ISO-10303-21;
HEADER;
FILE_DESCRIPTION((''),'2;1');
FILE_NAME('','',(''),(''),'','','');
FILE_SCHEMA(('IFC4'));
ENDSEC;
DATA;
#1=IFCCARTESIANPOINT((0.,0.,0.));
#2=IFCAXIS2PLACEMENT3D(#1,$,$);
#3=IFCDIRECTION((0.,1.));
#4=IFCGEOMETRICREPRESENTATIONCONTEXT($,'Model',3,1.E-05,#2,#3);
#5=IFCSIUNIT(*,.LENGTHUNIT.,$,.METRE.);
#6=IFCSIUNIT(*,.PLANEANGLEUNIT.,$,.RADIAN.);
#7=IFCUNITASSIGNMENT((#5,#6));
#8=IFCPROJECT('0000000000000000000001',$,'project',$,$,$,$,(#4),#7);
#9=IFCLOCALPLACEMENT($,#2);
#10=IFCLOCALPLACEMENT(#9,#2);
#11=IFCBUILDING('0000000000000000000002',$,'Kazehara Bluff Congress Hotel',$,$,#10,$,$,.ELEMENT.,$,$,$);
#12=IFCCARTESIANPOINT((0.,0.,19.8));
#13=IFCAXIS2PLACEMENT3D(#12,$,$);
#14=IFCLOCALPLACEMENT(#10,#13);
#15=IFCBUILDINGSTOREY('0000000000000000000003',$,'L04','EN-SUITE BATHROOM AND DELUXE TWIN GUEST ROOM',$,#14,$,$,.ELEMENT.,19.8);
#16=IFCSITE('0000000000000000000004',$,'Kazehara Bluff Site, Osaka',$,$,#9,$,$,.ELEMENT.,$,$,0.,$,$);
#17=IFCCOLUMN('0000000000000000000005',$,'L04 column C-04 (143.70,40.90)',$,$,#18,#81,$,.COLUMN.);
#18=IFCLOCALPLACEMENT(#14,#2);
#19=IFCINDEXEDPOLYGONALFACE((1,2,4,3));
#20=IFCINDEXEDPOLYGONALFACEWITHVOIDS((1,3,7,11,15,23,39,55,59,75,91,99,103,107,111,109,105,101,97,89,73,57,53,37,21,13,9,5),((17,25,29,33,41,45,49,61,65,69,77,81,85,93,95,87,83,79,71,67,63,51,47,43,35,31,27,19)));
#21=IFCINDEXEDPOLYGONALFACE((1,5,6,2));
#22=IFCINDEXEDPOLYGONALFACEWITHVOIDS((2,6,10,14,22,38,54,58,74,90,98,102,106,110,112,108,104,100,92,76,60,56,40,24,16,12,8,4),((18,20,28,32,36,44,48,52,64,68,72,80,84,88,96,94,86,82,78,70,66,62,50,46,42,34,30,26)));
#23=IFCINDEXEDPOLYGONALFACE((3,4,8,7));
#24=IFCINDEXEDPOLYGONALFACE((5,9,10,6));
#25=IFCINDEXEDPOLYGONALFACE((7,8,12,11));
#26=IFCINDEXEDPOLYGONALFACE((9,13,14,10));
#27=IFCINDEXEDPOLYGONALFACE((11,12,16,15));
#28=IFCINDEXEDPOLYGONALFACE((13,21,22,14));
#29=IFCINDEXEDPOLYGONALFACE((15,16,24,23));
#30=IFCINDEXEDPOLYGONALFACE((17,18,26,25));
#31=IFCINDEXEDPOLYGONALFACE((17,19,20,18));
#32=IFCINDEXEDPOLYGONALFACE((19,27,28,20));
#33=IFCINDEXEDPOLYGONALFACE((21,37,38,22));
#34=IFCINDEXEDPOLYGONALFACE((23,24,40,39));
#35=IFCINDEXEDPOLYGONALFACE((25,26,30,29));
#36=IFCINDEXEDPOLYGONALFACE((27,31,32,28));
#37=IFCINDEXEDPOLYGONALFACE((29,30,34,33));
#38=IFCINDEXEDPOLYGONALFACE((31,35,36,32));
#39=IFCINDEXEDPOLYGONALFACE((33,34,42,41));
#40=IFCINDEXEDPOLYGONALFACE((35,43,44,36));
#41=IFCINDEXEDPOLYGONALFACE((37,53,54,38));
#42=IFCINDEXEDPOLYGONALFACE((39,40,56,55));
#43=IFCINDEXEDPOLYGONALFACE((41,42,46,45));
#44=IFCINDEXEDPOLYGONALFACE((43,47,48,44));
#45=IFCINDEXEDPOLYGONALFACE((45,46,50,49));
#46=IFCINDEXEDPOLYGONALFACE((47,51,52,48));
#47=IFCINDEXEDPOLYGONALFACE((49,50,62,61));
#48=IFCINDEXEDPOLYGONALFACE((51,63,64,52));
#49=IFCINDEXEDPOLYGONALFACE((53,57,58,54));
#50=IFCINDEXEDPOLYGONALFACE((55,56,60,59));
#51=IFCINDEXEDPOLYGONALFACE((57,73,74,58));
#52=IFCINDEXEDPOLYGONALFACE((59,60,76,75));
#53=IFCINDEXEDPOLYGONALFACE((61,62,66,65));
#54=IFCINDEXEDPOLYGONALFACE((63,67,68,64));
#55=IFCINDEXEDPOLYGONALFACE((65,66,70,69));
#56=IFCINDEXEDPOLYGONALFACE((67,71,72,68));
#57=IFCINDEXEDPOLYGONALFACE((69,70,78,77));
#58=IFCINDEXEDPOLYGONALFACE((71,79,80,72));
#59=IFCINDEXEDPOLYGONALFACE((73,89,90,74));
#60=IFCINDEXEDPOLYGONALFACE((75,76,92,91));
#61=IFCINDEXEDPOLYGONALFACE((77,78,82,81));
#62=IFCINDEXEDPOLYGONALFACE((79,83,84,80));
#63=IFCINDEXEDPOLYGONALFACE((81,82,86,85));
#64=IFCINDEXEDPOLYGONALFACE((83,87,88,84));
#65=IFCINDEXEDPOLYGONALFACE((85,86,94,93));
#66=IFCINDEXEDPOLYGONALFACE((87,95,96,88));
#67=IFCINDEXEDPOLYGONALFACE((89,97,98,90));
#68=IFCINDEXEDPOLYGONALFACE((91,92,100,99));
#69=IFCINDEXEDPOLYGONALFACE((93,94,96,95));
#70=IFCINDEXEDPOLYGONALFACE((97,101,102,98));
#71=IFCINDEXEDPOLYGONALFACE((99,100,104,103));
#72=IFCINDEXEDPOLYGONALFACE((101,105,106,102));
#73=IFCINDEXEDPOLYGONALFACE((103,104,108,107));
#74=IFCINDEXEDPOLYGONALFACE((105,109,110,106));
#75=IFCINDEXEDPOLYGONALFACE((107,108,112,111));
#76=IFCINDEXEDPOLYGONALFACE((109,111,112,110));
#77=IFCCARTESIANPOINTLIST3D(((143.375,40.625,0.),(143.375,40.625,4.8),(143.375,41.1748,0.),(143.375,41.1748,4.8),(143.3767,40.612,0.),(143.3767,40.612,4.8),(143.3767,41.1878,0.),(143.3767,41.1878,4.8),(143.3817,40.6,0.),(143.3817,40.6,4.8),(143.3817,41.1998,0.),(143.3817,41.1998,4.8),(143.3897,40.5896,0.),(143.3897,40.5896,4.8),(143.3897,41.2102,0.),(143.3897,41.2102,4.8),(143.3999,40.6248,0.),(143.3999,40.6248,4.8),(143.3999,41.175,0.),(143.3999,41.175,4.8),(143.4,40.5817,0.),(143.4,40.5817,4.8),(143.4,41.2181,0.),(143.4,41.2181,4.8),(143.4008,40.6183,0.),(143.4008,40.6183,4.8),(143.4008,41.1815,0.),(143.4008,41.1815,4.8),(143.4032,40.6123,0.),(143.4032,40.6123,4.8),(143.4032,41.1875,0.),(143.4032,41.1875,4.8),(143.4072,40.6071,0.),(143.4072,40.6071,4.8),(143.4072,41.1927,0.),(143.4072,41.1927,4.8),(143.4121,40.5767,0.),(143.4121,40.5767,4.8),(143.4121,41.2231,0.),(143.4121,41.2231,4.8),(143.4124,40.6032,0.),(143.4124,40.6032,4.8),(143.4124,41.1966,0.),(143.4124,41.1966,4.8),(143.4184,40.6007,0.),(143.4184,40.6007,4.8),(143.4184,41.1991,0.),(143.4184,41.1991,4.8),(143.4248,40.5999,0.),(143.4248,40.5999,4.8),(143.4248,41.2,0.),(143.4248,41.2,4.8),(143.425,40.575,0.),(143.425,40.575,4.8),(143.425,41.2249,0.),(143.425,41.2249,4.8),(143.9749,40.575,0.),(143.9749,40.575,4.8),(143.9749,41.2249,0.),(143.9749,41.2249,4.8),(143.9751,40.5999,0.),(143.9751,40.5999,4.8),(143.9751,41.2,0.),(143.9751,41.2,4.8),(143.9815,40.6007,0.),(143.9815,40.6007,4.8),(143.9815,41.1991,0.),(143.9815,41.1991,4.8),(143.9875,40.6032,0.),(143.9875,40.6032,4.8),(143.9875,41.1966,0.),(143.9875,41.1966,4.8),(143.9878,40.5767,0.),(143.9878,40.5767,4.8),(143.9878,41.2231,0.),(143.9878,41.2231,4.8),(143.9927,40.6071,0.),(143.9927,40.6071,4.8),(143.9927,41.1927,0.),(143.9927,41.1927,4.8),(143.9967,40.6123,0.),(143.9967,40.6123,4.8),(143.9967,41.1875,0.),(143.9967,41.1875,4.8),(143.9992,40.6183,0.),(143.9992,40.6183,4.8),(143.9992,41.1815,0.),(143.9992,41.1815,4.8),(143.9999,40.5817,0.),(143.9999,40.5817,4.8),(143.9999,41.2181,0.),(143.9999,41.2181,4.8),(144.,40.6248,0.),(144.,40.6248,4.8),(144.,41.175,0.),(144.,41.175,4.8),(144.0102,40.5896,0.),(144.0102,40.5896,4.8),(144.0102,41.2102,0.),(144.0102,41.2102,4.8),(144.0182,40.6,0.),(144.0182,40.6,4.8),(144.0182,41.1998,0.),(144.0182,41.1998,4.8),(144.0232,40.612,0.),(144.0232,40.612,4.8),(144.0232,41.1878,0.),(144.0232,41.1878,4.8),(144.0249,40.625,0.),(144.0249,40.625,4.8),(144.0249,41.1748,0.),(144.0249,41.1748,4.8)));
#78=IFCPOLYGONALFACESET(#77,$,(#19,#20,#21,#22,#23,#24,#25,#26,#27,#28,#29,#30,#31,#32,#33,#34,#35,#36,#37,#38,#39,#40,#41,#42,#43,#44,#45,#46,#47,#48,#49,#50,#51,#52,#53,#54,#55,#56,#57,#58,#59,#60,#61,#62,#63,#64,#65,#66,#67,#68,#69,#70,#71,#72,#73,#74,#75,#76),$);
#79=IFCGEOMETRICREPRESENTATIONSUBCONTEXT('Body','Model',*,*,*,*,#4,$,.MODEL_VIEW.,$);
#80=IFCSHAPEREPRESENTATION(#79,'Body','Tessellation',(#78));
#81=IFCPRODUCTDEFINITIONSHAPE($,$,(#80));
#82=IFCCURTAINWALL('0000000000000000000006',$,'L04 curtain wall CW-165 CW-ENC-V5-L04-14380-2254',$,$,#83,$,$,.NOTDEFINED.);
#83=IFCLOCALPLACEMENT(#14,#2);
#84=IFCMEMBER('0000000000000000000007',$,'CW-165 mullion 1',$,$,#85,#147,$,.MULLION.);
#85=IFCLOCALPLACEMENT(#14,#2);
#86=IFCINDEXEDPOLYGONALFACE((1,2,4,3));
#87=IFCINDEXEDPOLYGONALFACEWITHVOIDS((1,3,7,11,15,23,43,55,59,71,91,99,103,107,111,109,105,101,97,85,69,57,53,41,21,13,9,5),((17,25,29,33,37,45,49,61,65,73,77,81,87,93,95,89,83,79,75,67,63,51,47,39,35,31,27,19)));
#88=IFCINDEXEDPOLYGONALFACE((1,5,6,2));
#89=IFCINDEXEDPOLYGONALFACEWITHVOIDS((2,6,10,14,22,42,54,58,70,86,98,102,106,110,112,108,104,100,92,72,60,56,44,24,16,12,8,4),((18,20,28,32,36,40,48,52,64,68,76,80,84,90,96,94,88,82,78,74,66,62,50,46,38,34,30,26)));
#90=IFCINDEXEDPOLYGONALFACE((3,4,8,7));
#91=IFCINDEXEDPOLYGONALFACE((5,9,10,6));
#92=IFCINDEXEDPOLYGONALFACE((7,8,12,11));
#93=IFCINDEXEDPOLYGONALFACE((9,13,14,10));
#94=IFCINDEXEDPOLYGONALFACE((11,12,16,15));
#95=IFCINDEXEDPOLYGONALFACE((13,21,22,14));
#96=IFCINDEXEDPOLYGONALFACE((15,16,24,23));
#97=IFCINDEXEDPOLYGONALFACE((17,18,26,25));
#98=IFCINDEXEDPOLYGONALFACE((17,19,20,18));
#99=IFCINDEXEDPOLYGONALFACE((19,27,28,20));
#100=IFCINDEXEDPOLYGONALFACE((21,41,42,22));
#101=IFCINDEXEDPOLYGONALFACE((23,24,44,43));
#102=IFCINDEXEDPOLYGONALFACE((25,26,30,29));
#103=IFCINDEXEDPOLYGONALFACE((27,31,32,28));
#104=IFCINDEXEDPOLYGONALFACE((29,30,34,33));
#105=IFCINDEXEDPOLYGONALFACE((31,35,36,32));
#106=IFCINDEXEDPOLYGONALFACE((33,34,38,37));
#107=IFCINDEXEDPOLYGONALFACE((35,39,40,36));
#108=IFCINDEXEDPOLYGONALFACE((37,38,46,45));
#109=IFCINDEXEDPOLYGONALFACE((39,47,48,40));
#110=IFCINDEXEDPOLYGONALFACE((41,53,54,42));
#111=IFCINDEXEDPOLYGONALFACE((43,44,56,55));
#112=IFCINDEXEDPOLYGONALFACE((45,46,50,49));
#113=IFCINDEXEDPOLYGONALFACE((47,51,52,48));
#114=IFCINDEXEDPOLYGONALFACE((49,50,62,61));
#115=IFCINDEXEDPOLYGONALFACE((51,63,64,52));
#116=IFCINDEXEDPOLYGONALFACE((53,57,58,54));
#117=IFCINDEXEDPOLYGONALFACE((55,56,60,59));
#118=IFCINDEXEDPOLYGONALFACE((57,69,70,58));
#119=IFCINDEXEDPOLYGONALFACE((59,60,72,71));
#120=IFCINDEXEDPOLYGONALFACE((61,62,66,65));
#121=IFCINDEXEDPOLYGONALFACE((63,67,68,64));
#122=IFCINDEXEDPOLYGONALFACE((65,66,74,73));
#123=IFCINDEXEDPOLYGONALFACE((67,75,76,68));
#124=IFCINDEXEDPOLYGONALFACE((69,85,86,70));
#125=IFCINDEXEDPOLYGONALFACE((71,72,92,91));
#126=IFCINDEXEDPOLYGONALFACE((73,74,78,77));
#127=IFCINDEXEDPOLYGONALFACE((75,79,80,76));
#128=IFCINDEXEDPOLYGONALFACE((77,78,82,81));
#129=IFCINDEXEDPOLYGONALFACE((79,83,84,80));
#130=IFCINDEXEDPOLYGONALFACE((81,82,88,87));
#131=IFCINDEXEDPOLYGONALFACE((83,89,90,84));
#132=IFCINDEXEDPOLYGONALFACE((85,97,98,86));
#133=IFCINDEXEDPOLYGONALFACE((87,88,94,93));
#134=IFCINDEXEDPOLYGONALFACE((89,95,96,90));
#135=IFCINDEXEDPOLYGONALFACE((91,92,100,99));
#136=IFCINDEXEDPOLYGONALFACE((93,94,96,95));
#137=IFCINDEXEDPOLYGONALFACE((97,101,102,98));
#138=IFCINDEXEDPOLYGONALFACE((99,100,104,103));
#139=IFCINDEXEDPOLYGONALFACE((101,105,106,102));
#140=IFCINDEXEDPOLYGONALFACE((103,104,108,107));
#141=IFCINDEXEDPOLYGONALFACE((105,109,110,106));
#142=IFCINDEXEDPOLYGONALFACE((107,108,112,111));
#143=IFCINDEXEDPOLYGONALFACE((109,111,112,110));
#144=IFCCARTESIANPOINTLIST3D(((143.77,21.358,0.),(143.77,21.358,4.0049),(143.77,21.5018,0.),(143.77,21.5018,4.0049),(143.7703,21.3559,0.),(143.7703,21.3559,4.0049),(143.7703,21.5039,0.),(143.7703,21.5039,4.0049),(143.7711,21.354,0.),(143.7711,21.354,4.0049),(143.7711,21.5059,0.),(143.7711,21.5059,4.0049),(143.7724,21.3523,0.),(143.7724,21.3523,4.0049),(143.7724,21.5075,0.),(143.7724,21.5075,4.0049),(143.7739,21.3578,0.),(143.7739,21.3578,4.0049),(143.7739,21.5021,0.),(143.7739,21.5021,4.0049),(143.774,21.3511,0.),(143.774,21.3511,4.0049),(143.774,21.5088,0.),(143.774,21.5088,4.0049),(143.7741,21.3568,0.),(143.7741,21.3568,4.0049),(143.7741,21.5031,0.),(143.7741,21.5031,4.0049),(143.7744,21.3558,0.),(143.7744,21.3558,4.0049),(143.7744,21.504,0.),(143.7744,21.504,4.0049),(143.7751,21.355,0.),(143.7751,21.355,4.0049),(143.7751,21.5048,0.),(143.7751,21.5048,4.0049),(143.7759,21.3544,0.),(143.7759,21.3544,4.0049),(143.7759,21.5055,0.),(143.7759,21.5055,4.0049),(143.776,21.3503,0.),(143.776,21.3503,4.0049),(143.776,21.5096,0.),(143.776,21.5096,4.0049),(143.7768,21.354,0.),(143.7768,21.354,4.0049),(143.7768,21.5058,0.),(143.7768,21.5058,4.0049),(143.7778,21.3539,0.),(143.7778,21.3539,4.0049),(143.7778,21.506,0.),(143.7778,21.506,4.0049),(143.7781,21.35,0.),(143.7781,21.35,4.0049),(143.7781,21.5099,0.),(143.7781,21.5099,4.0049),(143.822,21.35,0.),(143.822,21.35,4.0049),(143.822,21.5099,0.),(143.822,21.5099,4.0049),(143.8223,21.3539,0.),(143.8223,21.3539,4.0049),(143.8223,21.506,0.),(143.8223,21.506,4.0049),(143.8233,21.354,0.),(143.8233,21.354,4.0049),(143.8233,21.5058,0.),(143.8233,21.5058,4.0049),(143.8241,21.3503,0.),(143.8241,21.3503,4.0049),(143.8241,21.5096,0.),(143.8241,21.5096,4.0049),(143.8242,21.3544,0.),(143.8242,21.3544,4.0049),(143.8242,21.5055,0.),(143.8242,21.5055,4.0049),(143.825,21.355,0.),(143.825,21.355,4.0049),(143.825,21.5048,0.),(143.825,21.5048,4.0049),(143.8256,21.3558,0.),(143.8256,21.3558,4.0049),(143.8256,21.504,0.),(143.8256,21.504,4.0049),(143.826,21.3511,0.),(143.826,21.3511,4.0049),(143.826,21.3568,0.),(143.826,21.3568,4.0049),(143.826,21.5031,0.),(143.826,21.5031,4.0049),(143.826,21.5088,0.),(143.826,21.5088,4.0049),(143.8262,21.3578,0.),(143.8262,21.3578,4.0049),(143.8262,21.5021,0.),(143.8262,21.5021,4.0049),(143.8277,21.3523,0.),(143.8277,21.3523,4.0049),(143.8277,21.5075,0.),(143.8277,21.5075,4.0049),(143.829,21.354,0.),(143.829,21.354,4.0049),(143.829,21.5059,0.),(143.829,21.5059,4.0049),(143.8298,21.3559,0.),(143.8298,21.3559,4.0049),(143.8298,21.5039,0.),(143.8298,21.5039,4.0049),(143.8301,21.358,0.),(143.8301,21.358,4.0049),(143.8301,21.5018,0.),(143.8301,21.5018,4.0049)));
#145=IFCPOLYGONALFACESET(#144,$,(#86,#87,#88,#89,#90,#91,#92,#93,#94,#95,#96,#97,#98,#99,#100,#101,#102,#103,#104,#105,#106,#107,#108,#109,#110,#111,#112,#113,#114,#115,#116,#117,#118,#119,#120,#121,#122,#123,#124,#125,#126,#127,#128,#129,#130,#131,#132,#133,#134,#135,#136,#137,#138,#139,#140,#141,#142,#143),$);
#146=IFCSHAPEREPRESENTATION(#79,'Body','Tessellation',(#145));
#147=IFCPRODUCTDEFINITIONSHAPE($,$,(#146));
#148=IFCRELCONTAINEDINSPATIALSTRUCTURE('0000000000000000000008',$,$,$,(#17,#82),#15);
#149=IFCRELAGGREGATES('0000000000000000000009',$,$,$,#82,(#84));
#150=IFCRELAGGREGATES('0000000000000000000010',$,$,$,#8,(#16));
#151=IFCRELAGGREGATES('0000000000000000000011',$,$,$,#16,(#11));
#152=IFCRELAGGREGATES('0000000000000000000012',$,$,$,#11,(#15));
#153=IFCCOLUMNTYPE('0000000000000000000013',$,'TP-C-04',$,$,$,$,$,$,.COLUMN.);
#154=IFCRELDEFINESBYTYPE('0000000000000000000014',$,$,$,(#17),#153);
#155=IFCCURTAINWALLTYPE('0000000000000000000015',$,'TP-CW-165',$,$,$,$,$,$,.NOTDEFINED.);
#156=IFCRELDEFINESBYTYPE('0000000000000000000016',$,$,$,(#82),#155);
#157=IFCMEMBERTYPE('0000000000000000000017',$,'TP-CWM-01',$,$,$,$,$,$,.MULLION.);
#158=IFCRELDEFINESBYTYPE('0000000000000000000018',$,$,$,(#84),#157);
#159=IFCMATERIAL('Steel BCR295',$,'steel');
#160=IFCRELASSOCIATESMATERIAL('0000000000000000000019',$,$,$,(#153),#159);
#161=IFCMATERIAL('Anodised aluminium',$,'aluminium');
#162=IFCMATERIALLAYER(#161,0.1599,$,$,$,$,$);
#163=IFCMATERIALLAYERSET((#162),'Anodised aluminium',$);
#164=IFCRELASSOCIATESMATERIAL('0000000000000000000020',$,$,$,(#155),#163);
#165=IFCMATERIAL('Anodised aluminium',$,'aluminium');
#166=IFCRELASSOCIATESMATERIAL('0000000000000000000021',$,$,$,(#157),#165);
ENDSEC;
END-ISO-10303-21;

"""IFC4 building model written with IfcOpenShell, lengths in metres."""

from ifc_helpers import new_model, si_unit, direction, frame, origin, origin_2d, place, context, subcontext, project, spatial, hollow_rectangle, extrude, material, layer, layer_set, material_profile, profile_set, type_object, element, aggregate, save


model = new_model("IFC4")

# Units and contexts
model_context = context("Model", 3, precision=1e-05, world=origin(), true_north=direction((0.0, 1.0)))
body_context = subcontext(model_context, "Body", "Model", "MODEL_VIEW")
ifc_project = project(units=[si_unit("LENGTHUNIT", "METRE"), si_unit("PLANEANGLEUNIT", "RADIAN")], contexts=[model_context])

# Site, building, storey
site_placement = place(None, origin())
site = spatial("IfcSite", under=ifc_project, at=site_placement, Name="Kazehara Bluff Site, Osaka", CompositionType="ELEMENT", RefElevation=0.0)
building_placement = place(site_placement, origin())
building = spatial("IfcBuilding", under=site, at=building_placement, Name="Kazehara Bluff Congress Hotel", CompositionType="ELEMENT")
storey_placement = place(building_placement, frame((0.0, 0.0, 19.8)))
storey = spatial("IfcBuildingStorey", under=building, at=storey_placement, Name="L04", Description="EN-SUITE BATHROOM AND DELUXE TWIN GUEST ROOM", CompositionType="ELEMENT", Elevation=19.8)

# Column
ifc_material_1 = material(Name="Steel BCR295", Category="steel")
ifc_material_profile_1 = material_profile(ifc_material_1, hollow_rectangle(XDim=0.6499, YDim=0.6499, WallThickness=0.0249, InnerFilletRadius=0.0249, OuterFilletRadius=0.05, at=origin_2d()))
ifc_profile_set_1 = profile_set([ifc_material_profile_1], Name="Steel BCR295")
column_type = type_object("IfcColumnType", Name="TP-C-04", PredefinedType="COLUMN", material=ifc_profile_set_1)
column_placement = place(storey_placement, frame((143.7, 40.8999, 0.0), z_axis=(0.0, 0.0, 1.0), x_axis=(1.0, 0.0, 0.0)))
element("IfcColumn", 1, at=column_placement, inside=storey, type_object=column_type, Name="L04 column C-04 (143.70,40.90)", PredefinedType="COLUMN", context=body_context, shape_type="SweptSolid", body=[
    extrude(hollow_rectangle(XDim=0.6499, YDim=0.6499, WallThickness=0.0249, InnerFilletRadius=0.0249, OuterFilletRadius=0.05, at=origin_2d()), origin(), (0.0, 0.0, 1.0), 4.8),
])

# Curtain wall, member
ifc_material_2 = material(Name="Anodised aluminium", Category="aluminium")
ifc_layer_1 = layer(ifc_material_2, 0.1599)
ifc_layer_set_1 = layer_set([ifc_layer_1], Name="Anodised aluminium")
curtain_wall_type_1 = type_object("IfcCurtainWallType", Name="TP-CW-165", PredefinedType="NOTDEFINED", material=ifc_layer_set_1)
curtain_wall_1_placement = place(storey_placement, origin())
curtain_wall_1 = element("IfcCurtainWall", 2, at=curtain_wall_1_placement, inside=storey, type_object=curtain_wall_type_1, Name="L04 curtain wall CW-165 CW-ENC-V5-L04-14380-2254", PredefinedType="NOTDEFINED")
ifc_material_3 = material(Name="Anodised aluminium", Category="aluminium")
ifc_material_profile_2 = material_profile(ifc_material_3, hollow_rectangle(XDim=0.0601, YDim=0.1599, WallThickness=0.0039, InnerFilletRadius=0.0039, OuterFilletRadius=0.0081, at=origin_2d()))
ifc_profile_set_2 = profile_set([ifc_material_profile_2], Name="Anodised aluminium")
member_type_1 = type_object("IfcMemberType", Name="TP-CWM-01", PredefinedType="MULLION", material=ifc_profile_set_2)
member_1_placement = place(storey_placement, frame((143.8, 21.4299, 0.0), z_axis=(0.0, 0.0, 1.0), x_axis=(-1.0, 0.0, 0.0)))
member_1 = element("IfcMember", 3, at=member_1_placement, type_object=member_type_1, Name="CW-165 mullion 1", PredefinedType="MULLION", context=body_context, shape_type="SweptSolid", body=[
    extrude(hollow_rectangle(XDim=0.0601, YDim=0.1599, WallThickness=0.0039, InnerFilletRadius=0.0039, OuterFilletRadius=0.0081, at=origin_2d()), origin(), (0.0, 0.0, 1.0), 4.0049),
])

aggregate(curtain_wall_1, [member_1])

save(model, "model.ifc")
